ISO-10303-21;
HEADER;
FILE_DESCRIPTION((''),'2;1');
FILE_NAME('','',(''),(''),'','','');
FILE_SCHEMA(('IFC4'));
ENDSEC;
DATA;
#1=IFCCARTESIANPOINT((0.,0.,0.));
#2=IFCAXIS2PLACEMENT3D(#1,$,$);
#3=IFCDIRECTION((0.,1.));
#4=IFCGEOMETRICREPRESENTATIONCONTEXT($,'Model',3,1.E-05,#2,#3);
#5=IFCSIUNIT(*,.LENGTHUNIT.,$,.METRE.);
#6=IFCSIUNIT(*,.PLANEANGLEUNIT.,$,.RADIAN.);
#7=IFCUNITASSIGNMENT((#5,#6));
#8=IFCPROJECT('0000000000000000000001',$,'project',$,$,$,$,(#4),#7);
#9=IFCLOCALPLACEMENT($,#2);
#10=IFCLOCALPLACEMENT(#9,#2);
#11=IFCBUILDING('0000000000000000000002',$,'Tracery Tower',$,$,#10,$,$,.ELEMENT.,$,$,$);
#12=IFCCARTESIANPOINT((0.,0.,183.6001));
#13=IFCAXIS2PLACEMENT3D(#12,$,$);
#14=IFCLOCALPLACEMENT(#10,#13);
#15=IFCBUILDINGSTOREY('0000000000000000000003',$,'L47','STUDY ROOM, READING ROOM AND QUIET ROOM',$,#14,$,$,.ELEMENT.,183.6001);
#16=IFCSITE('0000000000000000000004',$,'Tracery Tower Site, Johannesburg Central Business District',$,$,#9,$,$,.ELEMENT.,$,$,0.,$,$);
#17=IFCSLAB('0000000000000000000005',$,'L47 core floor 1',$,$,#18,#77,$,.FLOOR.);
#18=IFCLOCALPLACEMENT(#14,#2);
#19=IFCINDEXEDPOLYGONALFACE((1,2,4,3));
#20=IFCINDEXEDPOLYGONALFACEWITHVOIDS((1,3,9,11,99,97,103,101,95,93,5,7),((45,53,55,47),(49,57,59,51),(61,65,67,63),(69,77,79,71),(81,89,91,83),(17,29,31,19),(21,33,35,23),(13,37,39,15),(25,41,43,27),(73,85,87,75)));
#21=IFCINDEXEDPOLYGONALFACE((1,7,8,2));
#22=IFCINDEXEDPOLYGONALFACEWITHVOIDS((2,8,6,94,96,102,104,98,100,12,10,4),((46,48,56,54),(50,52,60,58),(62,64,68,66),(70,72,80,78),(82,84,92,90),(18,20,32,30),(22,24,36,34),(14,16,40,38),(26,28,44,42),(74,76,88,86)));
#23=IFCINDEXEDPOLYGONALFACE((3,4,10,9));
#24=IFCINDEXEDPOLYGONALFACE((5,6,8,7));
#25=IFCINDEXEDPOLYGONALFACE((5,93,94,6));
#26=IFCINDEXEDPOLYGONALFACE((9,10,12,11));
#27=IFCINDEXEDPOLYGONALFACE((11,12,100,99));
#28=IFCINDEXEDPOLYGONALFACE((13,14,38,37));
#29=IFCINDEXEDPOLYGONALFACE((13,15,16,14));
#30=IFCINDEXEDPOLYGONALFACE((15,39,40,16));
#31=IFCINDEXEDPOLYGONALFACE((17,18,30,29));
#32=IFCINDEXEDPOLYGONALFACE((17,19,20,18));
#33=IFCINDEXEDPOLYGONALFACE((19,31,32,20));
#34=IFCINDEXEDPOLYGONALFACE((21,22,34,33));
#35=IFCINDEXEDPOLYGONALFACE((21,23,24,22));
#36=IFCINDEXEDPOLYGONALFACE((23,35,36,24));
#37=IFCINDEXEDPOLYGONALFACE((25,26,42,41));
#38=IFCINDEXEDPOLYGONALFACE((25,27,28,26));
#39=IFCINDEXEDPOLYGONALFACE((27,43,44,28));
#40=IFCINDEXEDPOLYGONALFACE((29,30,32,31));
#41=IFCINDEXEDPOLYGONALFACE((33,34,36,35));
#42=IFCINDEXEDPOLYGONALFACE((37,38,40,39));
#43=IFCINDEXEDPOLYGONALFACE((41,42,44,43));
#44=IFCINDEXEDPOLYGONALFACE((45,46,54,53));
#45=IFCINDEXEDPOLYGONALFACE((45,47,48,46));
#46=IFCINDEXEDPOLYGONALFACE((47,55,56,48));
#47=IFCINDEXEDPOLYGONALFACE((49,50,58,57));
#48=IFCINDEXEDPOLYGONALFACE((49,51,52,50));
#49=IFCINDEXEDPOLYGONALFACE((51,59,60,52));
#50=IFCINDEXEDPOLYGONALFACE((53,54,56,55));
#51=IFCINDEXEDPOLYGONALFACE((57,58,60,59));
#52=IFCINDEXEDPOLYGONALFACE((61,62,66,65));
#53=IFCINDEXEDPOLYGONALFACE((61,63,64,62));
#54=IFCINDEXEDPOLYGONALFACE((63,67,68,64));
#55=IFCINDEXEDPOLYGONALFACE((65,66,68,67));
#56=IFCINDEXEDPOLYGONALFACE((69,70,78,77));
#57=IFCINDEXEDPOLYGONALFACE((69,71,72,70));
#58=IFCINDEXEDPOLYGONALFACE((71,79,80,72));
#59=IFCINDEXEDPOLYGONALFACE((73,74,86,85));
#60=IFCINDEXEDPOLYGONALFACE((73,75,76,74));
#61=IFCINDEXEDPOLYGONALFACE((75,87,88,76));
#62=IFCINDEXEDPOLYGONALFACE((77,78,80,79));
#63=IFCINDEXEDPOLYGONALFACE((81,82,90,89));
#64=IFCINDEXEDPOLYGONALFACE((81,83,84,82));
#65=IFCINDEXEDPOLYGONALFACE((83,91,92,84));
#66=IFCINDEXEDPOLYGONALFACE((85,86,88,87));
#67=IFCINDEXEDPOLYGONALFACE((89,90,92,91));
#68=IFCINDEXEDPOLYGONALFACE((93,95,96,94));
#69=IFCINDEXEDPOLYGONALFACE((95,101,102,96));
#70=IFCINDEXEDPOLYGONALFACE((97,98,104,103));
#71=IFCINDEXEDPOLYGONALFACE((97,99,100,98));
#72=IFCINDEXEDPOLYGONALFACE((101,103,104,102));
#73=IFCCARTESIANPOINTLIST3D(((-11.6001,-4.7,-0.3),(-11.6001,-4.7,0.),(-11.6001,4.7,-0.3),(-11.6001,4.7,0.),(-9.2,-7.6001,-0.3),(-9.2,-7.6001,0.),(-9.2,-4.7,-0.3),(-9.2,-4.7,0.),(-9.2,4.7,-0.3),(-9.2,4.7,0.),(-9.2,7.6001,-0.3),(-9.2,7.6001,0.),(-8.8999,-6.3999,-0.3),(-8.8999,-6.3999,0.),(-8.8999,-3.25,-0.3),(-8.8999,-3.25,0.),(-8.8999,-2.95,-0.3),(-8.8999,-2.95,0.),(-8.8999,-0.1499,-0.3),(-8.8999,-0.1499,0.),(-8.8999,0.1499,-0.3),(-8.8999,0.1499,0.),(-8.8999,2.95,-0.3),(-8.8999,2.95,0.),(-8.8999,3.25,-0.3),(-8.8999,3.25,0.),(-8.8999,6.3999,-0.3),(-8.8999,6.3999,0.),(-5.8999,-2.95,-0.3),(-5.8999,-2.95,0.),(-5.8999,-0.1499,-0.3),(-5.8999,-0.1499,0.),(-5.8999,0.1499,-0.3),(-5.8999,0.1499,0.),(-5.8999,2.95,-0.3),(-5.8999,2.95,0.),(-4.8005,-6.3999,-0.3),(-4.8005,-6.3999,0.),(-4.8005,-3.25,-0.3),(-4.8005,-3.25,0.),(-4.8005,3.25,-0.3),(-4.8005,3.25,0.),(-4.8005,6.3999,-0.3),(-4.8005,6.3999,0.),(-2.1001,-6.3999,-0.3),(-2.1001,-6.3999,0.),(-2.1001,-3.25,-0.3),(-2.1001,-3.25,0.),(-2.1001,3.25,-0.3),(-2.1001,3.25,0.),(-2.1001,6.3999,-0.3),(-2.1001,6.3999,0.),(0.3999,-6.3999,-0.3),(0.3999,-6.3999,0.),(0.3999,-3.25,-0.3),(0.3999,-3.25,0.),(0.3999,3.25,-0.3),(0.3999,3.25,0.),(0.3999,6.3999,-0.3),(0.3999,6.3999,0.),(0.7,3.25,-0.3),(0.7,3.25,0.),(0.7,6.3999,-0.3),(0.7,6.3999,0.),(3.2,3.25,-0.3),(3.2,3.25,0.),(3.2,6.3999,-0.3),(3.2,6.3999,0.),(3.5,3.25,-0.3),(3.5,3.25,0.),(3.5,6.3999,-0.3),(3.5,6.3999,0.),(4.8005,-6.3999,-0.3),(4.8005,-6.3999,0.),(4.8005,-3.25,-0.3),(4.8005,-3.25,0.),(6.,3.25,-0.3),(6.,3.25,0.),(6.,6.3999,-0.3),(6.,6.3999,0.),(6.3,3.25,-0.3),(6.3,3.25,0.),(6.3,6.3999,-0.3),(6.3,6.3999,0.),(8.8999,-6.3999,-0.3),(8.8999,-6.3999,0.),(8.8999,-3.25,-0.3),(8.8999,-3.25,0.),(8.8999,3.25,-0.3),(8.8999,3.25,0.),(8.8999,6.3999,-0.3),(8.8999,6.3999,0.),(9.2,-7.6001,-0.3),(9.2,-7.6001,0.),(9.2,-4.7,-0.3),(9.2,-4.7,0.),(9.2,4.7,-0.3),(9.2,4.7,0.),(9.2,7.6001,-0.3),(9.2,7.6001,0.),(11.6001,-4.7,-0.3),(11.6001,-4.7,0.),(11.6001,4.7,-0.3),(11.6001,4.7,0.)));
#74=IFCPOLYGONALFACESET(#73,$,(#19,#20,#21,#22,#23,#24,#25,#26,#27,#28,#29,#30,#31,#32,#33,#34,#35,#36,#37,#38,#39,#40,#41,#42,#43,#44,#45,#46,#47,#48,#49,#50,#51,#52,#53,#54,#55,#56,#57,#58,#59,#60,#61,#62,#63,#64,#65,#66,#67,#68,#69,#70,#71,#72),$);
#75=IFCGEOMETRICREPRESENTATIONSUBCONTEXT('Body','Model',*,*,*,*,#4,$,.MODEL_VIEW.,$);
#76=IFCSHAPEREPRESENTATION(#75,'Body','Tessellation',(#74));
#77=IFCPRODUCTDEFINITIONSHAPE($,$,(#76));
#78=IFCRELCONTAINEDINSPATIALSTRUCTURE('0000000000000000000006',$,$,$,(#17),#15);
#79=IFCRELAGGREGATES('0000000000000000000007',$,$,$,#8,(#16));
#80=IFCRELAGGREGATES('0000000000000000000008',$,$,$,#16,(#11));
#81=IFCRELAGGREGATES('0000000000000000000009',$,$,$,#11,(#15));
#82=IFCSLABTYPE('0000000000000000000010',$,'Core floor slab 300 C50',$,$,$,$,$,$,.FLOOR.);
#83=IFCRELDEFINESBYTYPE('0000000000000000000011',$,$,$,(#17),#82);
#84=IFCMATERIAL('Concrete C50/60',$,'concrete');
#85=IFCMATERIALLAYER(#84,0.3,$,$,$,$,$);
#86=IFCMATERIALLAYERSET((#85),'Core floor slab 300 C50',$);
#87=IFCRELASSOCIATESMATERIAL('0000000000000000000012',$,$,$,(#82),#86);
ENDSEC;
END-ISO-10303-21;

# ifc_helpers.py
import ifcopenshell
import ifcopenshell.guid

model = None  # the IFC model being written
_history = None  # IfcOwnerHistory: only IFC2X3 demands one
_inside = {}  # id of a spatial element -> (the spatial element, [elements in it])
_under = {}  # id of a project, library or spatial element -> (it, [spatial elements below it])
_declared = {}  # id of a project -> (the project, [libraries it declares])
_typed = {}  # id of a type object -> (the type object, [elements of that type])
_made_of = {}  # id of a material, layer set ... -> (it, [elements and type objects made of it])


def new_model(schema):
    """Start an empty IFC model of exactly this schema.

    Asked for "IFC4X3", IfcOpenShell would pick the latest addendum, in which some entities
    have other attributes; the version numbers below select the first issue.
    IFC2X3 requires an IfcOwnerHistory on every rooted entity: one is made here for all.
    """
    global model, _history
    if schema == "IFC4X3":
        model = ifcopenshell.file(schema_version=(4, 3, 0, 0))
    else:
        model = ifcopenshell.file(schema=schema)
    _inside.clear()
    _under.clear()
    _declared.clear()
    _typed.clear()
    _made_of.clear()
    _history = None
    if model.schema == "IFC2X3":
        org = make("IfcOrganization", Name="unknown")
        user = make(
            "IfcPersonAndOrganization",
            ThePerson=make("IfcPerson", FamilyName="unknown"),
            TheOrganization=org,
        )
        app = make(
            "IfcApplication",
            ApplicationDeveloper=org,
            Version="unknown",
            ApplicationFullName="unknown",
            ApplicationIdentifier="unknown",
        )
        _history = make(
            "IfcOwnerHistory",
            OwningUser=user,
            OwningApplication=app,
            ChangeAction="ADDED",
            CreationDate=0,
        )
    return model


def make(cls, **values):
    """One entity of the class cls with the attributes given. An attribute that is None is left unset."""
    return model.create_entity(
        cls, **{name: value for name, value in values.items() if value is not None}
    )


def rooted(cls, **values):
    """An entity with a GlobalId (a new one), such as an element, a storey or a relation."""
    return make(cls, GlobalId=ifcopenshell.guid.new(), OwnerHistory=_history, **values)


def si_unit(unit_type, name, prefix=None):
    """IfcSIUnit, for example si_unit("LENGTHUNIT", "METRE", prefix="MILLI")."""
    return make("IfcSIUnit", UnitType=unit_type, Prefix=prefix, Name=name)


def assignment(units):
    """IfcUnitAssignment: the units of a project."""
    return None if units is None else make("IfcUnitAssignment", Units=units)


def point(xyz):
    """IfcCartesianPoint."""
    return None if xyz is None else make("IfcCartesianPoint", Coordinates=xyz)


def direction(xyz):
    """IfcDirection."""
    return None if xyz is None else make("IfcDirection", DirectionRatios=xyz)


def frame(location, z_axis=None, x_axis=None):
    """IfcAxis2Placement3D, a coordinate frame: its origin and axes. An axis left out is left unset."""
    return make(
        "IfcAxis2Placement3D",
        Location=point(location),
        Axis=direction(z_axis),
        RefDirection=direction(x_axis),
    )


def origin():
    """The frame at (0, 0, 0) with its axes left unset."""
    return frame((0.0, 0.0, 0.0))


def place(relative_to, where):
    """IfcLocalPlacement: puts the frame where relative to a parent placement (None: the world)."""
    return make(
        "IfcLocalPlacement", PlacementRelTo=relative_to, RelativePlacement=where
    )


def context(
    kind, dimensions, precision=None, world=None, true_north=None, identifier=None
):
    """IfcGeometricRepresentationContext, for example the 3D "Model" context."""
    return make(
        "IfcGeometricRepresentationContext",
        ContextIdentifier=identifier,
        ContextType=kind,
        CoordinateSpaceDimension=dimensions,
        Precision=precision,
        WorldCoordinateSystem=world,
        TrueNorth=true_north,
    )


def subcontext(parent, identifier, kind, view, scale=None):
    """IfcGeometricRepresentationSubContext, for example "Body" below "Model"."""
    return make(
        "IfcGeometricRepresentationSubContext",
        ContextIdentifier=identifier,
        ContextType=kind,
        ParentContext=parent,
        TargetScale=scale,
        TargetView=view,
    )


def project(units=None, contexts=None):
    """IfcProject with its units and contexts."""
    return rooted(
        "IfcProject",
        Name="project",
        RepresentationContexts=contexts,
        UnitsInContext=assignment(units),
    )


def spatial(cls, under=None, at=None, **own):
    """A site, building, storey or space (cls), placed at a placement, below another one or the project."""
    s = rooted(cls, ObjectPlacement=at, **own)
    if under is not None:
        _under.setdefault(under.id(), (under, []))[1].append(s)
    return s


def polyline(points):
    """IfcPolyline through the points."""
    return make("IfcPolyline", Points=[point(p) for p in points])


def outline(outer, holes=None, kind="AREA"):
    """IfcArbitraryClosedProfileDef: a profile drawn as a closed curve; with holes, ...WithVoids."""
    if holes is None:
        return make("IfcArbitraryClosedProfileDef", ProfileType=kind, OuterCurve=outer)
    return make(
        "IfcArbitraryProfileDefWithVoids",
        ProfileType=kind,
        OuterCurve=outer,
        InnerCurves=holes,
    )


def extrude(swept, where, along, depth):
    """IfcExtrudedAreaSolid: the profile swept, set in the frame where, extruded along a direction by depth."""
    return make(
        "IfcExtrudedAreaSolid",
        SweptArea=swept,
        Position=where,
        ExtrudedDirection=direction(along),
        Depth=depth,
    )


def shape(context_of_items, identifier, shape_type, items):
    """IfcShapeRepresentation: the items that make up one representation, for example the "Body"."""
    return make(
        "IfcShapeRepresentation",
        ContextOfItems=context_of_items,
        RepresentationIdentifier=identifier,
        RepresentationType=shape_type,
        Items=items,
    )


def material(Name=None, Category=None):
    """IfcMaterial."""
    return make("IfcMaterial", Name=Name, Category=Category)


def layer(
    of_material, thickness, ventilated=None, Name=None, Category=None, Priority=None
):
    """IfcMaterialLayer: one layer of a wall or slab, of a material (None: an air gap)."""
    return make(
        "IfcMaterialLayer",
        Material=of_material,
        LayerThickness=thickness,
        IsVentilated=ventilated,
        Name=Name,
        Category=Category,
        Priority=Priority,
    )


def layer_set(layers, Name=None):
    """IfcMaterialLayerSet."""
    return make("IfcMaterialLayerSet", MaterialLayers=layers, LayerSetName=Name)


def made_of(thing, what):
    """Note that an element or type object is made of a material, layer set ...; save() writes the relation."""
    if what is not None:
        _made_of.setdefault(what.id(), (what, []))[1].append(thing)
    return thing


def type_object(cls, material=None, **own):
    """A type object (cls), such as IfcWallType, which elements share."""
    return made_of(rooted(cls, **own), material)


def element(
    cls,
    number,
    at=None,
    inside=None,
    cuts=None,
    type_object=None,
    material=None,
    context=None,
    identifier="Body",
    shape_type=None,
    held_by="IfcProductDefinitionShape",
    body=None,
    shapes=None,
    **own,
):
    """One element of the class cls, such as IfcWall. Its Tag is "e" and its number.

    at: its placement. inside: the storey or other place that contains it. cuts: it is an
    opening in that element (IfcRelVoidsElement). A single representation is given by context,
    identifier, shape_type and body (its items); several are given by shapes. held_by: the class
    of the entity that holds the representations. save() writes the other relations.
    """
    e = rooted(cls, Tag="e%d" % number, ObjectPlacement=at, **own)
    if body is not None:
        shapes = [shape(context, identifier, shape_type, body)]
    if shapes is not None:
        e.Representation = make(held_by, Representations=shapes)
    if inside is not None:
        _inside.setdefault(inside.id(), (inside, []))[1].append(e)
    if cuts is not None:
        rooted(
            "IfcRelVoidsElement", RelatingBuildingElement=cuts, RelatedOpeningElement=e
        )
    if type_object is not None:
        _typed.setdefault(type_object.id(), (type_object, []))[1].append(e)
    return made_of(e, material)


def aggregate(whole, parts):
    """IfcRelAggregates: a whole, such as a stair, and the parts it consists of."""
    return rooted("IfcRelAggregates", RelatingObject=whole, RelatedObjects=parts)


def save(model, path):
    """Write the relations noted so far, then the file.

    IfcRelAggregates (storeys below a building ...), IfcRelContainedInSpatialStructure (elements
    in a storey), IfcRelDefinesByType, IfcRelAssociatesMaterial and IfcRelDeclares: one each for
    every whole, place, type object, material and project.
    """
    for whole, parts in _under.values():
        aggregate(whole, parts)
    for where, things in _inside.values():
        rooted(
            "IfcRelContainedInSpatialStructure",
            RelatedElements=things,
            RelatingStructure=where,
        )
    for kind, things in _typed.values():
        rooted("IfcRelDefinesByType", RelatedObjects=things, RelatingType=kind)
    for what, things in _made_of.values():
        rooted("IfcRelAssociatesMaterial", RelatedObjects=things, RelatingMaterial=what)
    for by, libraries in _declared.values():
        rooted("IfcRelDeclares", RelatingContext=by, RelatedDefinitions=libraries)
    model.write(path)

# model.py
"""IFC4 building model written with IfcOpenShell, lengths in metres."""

from ifc_helpers import new_model, si_unit, direction, frame, origin, place, context, subcontext, project, spatial, polyline, outline, extrude, material, layer, layer_set, type_object, element, save


model = new_model("IFC4")

# Units and contexts
model_context = context("Model", 3, precision=1e-05, world=origin(), true_north=direction((0.0, 1.0)))
body_context = subcontext(model_context, "Body", "Model", "MODEL_VIEW")
ifc_project = project(units=[si_unit("LENGTHUNIT", "METRE"), si_unit("PLANEANGLEUNIT", "RADIAN")], contexts=[model_context])

# Site, building, storey
site_placement = place(None, origin())
site = spatial("IfcSite", under=ifc_project, at=site_placement, Name="Tracery Tower Site, Johannesburg Central Business District", CompositionType="ELEMENT", RefElevation=0.0)
building_placement = place(site_placement, origin())
building = spatial("IfcBuilding", under=site, at=building_placement, Name="Tracery Tower", CompositionType="ELEMENT")
storey_placement = place(building_placement, frame((0.0, 0.0, 183.6001)))
storey = spatial("IfcBuildingStorey", under=building, at=storey_placement, Name="L47", Description="STUDY ROOM, READING ROOM AND QUIET ROOM", CompositionType="ELEMENT", Elevation=183.6001)

# Slab
ifc_material_1 = material(Name="Concrete C50/60", Category="concrete")
ifc_layer_1 = layer(ifc_material_1, 0.3)
ifc_layer_set_1 = layer_set([ifc_layer_1], Name="Core floor slab 300 C50")
slab_type_1 = type_object("IfcSlabType", Name="Core floor slab 300 C50", PredefinedType="FLOOR", material=ifc_layer_set_1)
slab_1_placement = place(storey_placement, frame((0.0, 0.0, -0.3)))
element("IfcSlab", 1, at=slab_1_placement, inside=storey, type_object=slab_type_1, Name="L47 core floor 1", PredefinedType="FLOOR", context=body_context, shape_type="SweptSolid", body=[
    extrude(outline(polyline([(-9.2, 7.6001), (9.2, 7.6001), (9.2, 4.7), (11.6001, 4.7), (11.6001, -4.7), (9.2, -4.7), (9.2, -7.6001), (-9.2, -7.6001), (-9.2, -4.7), (-11.6001, -4.7), (-11.6001, 4.7), (-9.2, 4.7), (-9.2, 7.6001)]), holes=[polyline([(4.8005, -6.3999), (8.8999, -6.3999), (8.8999, -3.25), (4.8005, -3.25), (4.8005, -6.3999)]), polyline([(8.8999, 3.25), (8.8999, 6.3999), (6.3, 6.3999), (6.3, 3.25), (8.8999, 3.25)]), polyline([(6.0, 3.25), (6.0, 6.3999), (3.5, 6.3999), (3.5, 3.25), (6.0, 3.25)]), polyline([(3.2, 3.25), (3.2, 6.3999), (0.7, 6.3999), (0.7, 3.25), (3.2, 3.25)]), polyline([(-2.1001, 3.25), (0.3999, 3.25), (0.3999, 6.3999), (-2.1001, 6.3999), (-2.1001, 3.25)]), polyline([(0.3999, -6.3999), (0.3999, -3.25), (-2.1001, -3.25), (-2.1001, -6.3999), (0.3999, -6.3999)]), polyline([(-4.8005, -3.25), (-8.8999, -3.25), (-8.8999, -6.3999), (-4.8005, -6.3999), (-4.8005, -3.25)]), polyline([(-4.8005, 6.3999), (-8.8999, 6.3999), (-8.8999, 3.25), (-4.8005, 3.25), (-4.8005, 6.3999)]), polyline([(-5.8999, -2.95), (-5.8999, -0.1499), (-8.8999, -0.1499), (-8.8999, -2.95), (-5.8999, -2.95)]), polyline([(-5.8999, 0.1499), (-5.8999, 2.95), (-8.8999, 2.95), (-8.8999, 0.1499), (-5.8999, 0.1499)])]), origin(), (0.0, 0.0, 1.0), 0.3),
])

save(model, "model.ifc")
